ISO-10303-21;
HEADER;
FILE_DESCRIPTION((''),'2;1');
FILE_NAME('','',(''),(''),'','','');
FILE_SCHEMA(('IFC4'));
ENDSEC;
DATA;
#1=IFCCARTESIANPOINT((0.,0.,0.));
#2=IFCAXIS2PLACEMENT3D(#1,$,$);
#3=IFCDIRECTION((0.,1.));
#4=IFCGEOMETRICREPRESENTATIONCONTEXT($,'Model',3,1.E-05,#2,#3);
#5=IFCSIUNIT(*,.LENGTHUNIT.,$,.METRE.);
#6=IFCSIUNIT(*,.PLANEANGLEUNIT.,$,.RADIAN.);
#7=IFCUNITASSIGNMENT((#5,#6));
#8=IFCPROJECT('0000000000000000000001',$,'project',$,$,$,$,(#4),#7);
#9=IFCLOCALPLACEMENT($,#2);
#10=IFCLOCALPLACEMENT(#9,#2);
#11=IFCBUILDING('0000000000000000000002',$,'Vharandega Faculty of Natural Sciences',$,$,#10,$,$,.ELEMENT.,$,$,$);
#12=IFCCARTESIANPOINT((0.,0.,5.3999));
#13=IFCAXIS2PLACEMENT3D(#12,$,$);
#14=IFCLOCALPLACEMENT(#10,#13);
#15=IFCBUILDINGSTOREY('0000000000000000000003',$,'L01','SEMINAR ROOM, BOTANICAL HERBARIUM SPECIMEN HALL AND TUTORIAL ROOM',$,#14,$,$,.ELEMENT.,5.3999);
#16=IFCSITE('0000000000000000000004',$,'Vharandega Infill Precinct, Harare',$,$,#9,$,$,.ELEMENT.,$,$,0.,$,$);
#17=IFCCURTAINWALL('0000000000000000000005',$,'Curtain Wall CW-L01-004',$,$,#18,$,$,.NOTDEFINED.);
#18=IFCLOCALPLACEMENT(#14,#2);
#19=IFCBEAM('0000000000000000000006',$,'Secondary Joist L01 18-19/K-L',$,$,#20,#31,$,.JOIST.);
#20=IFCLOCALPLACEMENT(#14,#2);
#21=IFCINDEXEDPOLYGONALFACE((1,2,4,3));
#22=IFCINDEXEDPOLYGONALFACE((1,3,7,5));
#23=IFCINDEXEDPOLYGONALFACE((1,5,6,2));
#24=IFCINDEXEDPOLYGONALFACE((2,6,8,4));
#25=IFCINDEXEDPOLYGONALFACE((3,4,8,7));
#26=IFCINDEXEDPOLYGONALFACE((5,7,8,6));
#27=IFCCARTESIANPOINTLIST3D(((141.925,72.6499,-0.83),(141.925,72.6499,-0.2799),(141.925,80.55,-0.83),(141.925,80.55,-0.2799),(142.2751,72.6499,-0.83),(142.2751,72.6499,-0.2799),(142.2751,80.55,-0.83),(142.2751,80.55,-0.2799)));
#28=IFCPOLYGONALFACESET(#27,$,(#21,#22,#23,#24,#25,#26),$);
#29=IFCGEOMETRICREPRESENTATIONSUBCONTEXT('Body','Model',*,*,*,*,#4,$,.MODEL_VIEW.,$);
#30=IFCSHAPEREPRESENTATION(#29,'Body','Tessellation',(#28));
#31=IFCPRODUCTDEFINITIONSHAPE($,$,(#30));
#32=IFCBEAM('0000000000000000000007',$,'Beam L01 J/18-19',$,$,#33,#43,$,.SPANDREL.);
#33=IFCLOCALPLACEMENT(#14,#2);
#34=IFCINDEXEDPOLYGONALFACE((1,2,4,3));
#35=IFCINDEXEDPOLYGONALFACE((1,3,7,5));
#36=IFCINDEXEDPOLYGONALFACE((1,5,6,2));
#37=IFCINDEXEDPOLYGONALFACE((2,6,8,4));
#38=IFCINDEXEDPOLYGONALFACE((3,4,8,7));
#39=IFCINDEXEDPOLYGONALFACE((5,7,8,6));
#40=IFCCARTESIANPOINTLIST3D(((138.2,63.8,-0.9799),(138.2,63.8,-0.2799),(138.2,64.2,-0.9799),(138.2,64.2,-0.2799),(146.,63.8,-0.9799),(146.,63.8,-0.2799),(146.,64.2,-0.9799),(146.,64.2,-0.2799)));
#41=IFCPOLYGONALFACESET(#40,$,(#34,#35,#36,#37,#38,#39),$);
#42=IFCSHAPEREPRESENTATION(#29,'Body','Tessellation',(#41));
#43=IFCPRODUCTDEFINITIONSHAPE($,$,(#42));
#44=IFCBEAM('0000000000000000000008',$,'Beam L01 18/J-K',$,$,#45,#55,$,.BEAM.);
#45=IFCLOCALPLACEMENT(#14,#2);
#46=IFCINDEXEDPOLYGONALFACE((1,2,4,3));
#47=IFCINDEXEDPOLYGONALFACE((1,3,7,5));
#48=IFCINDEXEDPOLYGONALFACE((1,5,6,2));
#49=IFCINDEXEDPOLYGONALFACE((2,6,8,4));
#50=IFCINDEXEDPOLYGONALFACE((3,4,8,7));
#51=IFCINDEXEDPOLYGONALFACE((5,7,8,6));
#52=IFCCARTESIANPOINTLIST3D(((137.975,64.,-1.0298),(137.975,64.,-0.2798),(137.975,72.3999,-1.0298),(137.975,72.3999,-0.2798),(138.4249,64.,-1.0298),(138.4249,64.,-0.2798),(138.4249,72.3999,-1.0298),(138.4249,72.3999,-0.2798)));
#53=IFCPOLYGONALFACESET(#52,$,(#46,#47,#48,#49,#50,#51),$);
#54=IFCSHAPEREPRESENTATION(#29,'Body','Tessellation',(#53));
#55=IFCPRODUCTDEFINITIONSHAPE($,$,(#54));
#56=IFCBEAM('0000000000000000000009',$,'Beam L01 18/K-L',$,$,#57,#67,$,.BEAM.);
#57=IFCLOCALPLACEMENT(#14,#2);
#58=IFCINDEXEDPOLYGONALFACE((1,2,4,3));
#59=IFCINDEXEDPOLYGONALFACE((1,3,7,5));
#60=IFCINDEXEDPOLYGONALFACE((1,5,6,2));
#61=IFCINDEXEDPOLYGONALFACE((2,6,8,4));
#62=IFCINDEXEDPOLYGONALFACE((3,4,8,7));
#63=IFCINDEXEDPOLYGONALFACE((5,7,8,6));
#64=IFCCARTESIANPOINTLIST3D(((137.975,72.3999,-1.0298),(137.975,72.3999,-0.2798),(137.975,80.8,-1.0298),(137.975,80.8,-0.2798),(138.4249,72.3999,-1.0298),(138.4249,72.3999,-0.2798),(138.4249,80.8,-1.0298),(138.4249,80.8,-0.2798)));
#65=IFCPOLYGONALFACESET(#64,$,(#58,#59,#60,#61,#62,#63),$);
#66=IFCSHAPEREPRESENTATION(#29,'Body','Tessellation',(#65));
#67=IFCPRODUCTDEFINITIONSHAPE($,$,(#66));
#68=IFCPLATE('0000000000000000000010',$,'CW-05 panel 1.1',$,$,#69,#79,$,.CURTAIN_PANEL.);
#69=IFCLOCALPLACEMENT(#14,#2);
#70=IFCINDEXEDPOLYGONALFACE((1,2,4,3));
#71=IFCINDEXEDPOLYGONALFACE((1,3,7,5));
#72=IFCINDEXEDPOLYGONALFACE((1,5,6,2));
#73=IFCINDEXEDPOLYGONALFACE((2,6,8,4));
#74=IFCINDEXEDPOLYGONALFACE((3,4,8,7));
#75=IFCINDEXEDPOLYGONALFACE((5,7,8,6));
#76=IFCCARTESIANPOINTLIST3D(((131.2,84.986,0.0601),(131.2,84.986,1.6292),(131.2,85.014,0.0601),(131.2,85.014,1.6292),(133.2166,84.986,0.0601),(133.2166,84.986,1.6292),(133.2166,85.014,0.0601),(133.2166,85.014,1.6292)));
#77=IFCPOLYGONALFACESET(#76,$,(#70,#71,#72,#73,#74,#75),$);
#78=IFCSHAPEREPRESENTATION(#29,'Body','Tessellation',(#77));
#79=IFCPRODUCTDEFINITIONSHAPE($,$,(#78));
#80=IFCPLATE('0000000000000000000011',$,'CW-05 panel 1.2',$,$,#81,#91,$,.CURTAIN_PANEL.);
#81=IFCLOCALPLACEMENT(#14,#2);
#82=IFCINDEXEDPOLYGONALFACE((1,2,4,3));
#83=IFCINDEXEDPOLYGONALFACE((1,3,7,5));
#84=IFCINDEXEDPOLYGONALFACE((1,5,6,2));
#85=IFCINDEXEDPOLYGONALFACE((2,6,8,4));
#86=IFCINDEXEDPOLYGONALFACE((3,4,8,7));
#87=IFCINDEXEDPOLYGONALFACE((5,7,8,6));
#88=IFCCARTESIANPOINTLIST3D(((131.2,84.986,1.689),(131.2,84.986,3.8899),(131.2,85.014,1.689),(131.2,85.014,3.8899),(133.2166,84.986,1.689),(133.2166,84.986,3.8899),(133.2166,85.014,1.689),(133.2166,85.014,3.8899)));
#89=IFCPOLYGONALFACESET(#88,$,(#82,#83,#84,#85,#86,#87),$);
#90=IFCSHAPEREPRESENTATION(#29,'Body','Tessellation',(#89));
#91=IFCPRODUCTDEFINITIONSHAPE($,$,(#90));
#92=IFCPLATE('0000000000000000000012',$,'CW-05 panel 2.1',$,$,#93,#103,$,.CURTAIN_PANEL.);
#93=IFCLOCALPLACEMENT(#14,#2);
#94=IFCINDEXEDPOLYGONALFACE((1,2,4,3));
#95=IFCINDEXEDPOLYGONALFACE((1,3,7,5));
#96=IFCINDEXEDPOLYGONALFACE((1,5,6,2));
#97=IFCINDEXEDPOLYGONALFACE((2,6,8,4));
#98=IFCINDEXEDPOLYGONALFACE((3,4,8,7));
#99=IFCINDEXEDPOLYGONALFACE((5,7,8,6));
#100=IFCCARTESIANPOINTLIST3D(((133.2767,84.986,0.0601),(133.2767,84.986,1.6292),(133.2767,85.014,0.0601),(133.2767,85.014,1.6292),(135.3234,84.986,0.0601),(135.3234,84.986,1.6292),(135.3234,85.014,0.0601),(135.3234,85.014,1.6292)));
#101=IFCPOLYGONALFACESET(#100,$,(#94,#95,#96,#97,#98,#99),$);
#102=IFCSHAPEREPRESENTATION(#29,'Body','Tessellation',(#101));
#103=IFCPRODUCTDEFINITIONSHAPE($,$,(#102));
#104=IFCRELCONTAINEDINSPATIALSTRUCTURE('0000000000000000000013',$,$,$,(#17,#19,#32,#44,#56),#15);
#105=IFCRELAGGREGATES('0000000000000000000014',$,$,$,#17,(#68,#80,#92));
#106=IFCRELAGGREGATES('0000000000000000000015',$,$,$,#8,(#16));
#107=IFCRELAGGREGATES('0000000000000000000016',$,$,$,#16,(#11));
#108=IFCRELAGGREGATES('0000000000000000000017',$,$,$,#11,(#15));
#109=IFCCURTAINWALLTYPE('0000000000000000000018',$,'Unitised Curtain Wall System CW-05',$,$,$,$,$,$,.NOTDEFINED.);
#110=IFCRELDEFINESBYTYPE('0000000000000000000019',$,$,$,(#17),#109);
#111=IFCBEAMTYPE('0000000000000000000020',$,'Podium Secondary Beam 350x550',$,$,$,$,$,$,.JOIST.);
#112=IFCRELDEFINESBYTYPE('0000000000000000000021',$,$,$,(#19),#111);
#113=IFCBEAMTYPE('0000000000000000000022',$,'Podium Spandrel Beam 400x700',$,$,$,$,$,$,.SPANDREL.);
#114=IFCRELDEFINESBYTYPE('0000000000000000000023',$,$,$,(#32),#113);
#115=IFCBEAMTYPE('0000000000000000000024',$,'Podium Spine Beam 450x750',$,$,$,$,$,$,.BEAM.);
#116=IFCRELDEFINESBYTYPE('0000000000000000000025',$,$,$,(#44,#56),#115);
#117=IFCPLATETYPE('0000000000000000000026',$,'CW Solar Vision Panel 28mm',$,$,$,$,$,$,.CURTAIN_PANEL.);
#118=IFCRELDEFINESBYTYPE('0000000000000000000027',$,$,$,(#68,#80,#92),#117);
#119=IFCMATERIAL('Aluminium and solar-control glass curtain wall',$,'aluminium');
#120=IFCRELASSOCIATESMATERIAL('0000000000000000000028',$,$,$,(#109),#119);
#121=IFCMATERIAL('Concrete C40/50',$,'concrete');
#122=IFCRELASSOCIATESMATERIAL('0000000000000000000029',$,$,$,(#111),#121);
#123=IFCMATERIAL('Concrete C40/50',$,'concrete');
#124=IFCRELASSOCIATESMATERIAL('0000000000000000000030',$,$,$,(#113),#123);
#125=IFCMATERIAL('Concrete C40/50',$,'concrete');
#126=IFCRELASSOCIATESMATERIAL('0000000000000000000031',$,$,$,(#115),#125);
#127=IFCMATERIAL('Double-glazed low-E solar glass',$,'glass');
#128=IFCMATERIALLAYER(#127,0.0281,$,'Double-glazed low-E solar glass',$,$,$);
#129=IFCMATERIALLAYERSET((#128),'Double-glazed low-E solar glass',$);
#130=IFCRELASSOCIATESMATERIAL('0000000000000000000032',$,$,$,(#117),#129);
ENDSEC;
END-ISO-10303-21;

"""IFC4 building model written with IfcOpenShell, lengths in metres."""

from ifc_helpers import new_model, si_unit, direction, frame, origin, origin_2d, place, context, subcontext, project, spatial, rectangle, extrude, material, layer, layer_set, material_profile, profile_set, type_object, element, aggregate, save


model = new_model("IFC4")

# Units and contexts
model_context = context("Model", 3, precision=1e-05, world=origin(), true_north=direction((0.0, 1.0)))
body_context = subcontext(model_context, "Body", "Model", "MODEL_VIEW")
ifc_project = project(units=[si_unit("LENGTHUNIT", "METRE"), si_unit("PLANEANGLEUNIT", "RADIAN")], contexts=[model_context])

# Site, building, storey
site_placement = place(None, origin())
site = spatial("IfcSite", under=ifc_project, at=site_placement, Name="Vharandega Infill Precinct, Harare", CompositionType="ELEMENT", RefElevation=0.0)
building_placement = place(site_placement, origin())
building = spatial("IfcBuilding", under=site, at=building_placement, Name="Vharandega Faculty of Natural Sciences", CompositionType="ELEMENT")
storey_placement = place(building_placement, frame((0.0, 0.0, 5.3999)))
storey = spatial("IfcBuildingStorey", under=building, at=storey_placement, Name="L01", Description="SEMINAR ROOM, BOTANICAL HERBARIUM SPECIMEN HALL AND TUTORIAL ROOM", CompositionType="ELEMENT", Elevation=5.3999)

# Curtain wall
ifc_material_1 = material(Name="Aluminium and solar-control glass curtain wall", Category="aluminium")
curtain_wall_type = type_object("IfcCurtainWallType", Name="Unitised Curtain Wall System CW-05", PredefinedType="NOTDEFINED", material=ifc_material_1)
curtain_wall_placement = place(storey_placement, origin())
curtain_wall = element("IfcCurtainWall", 1, at=curtain_wall_placement, inside=storey, type_object=curtain_wall_type, Name="Curtain Wall CW-L01-004", PredefinedType="NOTDEFINED")

# Beams
ifc_material_2 = material(Name="Concrete C40/50", Category="concrete")
ifc_material_profile_1 = material_profile(ifc_material_2, rectangle(XDim=0.3501, YDim=0.55, at=origin_2d()), Name="RC 350x550")
ifc_profile_set_1 = profile_set([ifc_material_profile_1], Name="Concrete C40/50")
beam_type_1 = type_object("IfcBeamType", Name="Podium Secondary Beam 350x550", PredefinedType="JOIST", material=ifc_profile_set_1)
beam_1_placement = place(storey_placement, frame((142.1001, 72.6499, -0.5549), z_axis=(0.0, 1.0, 0.0), x_axis=(-1.0, 0.0, 0.0)))
element("IfcBeam", 2, at=beam_1_placement, inside=storey, type_object=beam_type_1, Name="Secondary Joist L01 18-19/K-L", PredefinedType="JOIST", context=body_context, shape_type="SweptSolid", body=[
    extrude(rectangle(XDim=0.3501, YDim=0.55, at=origin_2d()), origin(), (0.0, 0.0, 1.0), 7.9001),
])
ifc_material_3 = material(Name="Concrete C40/50", Category="concrete")
ifc_material_profile_2 = material_profile(ifc_material_3, rectangle(XDim=0.3999, YDim=0.7, at=origin_2d()), Name="RC 400x700")
ifc_profile_set_2 = profile_set([ifc_material_profile_2], Name="Concrete C40/50")
beam_type_2 = type_object("IfcBeamType", Name="Podium Spandrel Beam 400x700", PredefinedType="SPANDREL", material=ifc_profile_set_2)
beam_2_placement = place(storey_placement, frame((138.2, 64.0, -0.6299), z_axis=(1.0, 0.0, 0.0), x_axis=(0.0, 1.0, 0.0)))
element("IfcBeam", 3, at=beam_2_placement, inside=storey, type_object=beam_type_2, Name="Beam L01 J/18-19", PredefinedType="SPANDREL", context=body_context, shape_type="SweptSolid", body=[
    extrude(rectangle(XDim=0.3999, YDim=0.7, at=origin_2d()), origin(), (0.0, 0.0, 1.0), 7.8),
])
ifc_material_4 = material(Name="Concrete C40/50", Category="concrete")
ifc_material_profile_3 = material_profile(ifc_material_4, rectangle(XDim=0.45, YDim=0.75, at=origin_2d()), Name="RC 450x750")
ifc_profile_set_3 = profile_set([ifc_material_profile_3], Name="Concrete C40/50")
beam_type_3 = type_object("IfcBeamType", Name="Podium Spine Beam 450x750", PredefinedType="BEAM", material=ifc_profile_set_3)
beam_3_placement = place(storey_placement, frame((138.2, 64.0, -0.6548), z_axis=(0.0, 1.0, 0.0), x_axis=(-1.0, 0.0, 0.0)))
element("IfcBeam", 4, at=beam_3_placement, inside=storey, type_object=beam_type_3, Name="Beam L01 18/J-K", PredefinedType="BEAM", context=body_context, shape_type="SweptSolid", body=[
    extrude(rectangle(XDim=0.45, YDim=0.75, at=origin_2d()), origin(), (0.0, 0.0, 1.0), 8.3999),
])
beam_4_placement = place(storey_placement, frame((138.2, 72.3999, -0.6548), z_axis=(0.0, 1.0, 0.0), x_axis=(-1.0, 0.0, 0.0)))
element("IfcBeam", 5, at=beam_4_placement, inside=storey, type_object=beam_type_3, Name="Beam L01 18/K-L", PredefinedType="BEAM", context=body_context, shape_type="SweptSolid", body=[
    extrude(rectangle(XDim=0.45, YDim=0.75, at=origin_2d()), origin(), (0.0, 0.0, 1.0), 8.4001),
])

# Plates
ifc_material_5 = material(Name="Double-glazed low-E solar glass", Category="glass")
ifc_layer = layer(ifc_material_5, 0.0281, Name="Double-glazed low-E solar glass")
ifc_layer_set = layer_set([ifc_layer], Name="Double-glazed low-E solar glass")
plate_type = type_object("IfcPlateType", Name="CW Solar Vision Panel 28mm", PredefinedType="CURTAIN_PANEL", material=ifc_layer_set)
plate_1_placement = place(storey_placement, frame((132.2083, 85.0, 0.0601), z_axis=(0.0, 0.0, 1.0), x_axis=(1.0, 0.0, 0.0)))
plate_1 = element("IfcPlate", 6, at=plate_1_placement, type_object=plate_type, Name="CW-05 panel 1.1", PredefinedType="CURTAIN_PANEL", context=body_context, shape_type="SweptSolid", body=[
    extrude(rectangle(XDim=2.0166, YDim=0.0281, at=origin_2d()), origin(), (0.0, 0.0, 1.0), 1.5691),
])
plate_2_placement = place(storey_placement, frame((132.2083, 85.0, 1.689), z_axis=(0.0, 0.0, 1.0), x_axis=(1.0, 0.0, 0.0)))
plate_2 = element("IfcPlate", 7, at=plate_2_placement, type_object=plate_type, Name="CW-05 panel 1.2", PredefinedType="CURTAIN_PANEL", context=body_context, shape_type="SweptSolid", body=[
    extrude(rectangle(XDim=2.0166, YDim=0.0281, at=origin_2d()), origin(), (0.0, 0.0, 1.0), 2.2009),
])
plate_3_placement = place(storey_placement, frame((134.3, 85.0, 0.0601), z_axis=(0.0, 0.0, 1.0), x_axis=(1.0, 0.0, 0.0)))
plate_3 = element("IfcPlate", 8, at=plate_3_placement, type_object=plate_type, Name="CW-05 panel 2.1", PredefinedType="CURTAIN_PANEL", context=body_context, shape_type="SweptSolid", body=[
    extrude(rectangle(XDim=2.0466, YDim=0.0281, at=origin_2d()), origin(), (0.0, 0.0, 1.0), 1.5691),
])
aggregate(curtain_wall, [plate_1, plate_2, plate_3])

save(model, "model.ifc")
